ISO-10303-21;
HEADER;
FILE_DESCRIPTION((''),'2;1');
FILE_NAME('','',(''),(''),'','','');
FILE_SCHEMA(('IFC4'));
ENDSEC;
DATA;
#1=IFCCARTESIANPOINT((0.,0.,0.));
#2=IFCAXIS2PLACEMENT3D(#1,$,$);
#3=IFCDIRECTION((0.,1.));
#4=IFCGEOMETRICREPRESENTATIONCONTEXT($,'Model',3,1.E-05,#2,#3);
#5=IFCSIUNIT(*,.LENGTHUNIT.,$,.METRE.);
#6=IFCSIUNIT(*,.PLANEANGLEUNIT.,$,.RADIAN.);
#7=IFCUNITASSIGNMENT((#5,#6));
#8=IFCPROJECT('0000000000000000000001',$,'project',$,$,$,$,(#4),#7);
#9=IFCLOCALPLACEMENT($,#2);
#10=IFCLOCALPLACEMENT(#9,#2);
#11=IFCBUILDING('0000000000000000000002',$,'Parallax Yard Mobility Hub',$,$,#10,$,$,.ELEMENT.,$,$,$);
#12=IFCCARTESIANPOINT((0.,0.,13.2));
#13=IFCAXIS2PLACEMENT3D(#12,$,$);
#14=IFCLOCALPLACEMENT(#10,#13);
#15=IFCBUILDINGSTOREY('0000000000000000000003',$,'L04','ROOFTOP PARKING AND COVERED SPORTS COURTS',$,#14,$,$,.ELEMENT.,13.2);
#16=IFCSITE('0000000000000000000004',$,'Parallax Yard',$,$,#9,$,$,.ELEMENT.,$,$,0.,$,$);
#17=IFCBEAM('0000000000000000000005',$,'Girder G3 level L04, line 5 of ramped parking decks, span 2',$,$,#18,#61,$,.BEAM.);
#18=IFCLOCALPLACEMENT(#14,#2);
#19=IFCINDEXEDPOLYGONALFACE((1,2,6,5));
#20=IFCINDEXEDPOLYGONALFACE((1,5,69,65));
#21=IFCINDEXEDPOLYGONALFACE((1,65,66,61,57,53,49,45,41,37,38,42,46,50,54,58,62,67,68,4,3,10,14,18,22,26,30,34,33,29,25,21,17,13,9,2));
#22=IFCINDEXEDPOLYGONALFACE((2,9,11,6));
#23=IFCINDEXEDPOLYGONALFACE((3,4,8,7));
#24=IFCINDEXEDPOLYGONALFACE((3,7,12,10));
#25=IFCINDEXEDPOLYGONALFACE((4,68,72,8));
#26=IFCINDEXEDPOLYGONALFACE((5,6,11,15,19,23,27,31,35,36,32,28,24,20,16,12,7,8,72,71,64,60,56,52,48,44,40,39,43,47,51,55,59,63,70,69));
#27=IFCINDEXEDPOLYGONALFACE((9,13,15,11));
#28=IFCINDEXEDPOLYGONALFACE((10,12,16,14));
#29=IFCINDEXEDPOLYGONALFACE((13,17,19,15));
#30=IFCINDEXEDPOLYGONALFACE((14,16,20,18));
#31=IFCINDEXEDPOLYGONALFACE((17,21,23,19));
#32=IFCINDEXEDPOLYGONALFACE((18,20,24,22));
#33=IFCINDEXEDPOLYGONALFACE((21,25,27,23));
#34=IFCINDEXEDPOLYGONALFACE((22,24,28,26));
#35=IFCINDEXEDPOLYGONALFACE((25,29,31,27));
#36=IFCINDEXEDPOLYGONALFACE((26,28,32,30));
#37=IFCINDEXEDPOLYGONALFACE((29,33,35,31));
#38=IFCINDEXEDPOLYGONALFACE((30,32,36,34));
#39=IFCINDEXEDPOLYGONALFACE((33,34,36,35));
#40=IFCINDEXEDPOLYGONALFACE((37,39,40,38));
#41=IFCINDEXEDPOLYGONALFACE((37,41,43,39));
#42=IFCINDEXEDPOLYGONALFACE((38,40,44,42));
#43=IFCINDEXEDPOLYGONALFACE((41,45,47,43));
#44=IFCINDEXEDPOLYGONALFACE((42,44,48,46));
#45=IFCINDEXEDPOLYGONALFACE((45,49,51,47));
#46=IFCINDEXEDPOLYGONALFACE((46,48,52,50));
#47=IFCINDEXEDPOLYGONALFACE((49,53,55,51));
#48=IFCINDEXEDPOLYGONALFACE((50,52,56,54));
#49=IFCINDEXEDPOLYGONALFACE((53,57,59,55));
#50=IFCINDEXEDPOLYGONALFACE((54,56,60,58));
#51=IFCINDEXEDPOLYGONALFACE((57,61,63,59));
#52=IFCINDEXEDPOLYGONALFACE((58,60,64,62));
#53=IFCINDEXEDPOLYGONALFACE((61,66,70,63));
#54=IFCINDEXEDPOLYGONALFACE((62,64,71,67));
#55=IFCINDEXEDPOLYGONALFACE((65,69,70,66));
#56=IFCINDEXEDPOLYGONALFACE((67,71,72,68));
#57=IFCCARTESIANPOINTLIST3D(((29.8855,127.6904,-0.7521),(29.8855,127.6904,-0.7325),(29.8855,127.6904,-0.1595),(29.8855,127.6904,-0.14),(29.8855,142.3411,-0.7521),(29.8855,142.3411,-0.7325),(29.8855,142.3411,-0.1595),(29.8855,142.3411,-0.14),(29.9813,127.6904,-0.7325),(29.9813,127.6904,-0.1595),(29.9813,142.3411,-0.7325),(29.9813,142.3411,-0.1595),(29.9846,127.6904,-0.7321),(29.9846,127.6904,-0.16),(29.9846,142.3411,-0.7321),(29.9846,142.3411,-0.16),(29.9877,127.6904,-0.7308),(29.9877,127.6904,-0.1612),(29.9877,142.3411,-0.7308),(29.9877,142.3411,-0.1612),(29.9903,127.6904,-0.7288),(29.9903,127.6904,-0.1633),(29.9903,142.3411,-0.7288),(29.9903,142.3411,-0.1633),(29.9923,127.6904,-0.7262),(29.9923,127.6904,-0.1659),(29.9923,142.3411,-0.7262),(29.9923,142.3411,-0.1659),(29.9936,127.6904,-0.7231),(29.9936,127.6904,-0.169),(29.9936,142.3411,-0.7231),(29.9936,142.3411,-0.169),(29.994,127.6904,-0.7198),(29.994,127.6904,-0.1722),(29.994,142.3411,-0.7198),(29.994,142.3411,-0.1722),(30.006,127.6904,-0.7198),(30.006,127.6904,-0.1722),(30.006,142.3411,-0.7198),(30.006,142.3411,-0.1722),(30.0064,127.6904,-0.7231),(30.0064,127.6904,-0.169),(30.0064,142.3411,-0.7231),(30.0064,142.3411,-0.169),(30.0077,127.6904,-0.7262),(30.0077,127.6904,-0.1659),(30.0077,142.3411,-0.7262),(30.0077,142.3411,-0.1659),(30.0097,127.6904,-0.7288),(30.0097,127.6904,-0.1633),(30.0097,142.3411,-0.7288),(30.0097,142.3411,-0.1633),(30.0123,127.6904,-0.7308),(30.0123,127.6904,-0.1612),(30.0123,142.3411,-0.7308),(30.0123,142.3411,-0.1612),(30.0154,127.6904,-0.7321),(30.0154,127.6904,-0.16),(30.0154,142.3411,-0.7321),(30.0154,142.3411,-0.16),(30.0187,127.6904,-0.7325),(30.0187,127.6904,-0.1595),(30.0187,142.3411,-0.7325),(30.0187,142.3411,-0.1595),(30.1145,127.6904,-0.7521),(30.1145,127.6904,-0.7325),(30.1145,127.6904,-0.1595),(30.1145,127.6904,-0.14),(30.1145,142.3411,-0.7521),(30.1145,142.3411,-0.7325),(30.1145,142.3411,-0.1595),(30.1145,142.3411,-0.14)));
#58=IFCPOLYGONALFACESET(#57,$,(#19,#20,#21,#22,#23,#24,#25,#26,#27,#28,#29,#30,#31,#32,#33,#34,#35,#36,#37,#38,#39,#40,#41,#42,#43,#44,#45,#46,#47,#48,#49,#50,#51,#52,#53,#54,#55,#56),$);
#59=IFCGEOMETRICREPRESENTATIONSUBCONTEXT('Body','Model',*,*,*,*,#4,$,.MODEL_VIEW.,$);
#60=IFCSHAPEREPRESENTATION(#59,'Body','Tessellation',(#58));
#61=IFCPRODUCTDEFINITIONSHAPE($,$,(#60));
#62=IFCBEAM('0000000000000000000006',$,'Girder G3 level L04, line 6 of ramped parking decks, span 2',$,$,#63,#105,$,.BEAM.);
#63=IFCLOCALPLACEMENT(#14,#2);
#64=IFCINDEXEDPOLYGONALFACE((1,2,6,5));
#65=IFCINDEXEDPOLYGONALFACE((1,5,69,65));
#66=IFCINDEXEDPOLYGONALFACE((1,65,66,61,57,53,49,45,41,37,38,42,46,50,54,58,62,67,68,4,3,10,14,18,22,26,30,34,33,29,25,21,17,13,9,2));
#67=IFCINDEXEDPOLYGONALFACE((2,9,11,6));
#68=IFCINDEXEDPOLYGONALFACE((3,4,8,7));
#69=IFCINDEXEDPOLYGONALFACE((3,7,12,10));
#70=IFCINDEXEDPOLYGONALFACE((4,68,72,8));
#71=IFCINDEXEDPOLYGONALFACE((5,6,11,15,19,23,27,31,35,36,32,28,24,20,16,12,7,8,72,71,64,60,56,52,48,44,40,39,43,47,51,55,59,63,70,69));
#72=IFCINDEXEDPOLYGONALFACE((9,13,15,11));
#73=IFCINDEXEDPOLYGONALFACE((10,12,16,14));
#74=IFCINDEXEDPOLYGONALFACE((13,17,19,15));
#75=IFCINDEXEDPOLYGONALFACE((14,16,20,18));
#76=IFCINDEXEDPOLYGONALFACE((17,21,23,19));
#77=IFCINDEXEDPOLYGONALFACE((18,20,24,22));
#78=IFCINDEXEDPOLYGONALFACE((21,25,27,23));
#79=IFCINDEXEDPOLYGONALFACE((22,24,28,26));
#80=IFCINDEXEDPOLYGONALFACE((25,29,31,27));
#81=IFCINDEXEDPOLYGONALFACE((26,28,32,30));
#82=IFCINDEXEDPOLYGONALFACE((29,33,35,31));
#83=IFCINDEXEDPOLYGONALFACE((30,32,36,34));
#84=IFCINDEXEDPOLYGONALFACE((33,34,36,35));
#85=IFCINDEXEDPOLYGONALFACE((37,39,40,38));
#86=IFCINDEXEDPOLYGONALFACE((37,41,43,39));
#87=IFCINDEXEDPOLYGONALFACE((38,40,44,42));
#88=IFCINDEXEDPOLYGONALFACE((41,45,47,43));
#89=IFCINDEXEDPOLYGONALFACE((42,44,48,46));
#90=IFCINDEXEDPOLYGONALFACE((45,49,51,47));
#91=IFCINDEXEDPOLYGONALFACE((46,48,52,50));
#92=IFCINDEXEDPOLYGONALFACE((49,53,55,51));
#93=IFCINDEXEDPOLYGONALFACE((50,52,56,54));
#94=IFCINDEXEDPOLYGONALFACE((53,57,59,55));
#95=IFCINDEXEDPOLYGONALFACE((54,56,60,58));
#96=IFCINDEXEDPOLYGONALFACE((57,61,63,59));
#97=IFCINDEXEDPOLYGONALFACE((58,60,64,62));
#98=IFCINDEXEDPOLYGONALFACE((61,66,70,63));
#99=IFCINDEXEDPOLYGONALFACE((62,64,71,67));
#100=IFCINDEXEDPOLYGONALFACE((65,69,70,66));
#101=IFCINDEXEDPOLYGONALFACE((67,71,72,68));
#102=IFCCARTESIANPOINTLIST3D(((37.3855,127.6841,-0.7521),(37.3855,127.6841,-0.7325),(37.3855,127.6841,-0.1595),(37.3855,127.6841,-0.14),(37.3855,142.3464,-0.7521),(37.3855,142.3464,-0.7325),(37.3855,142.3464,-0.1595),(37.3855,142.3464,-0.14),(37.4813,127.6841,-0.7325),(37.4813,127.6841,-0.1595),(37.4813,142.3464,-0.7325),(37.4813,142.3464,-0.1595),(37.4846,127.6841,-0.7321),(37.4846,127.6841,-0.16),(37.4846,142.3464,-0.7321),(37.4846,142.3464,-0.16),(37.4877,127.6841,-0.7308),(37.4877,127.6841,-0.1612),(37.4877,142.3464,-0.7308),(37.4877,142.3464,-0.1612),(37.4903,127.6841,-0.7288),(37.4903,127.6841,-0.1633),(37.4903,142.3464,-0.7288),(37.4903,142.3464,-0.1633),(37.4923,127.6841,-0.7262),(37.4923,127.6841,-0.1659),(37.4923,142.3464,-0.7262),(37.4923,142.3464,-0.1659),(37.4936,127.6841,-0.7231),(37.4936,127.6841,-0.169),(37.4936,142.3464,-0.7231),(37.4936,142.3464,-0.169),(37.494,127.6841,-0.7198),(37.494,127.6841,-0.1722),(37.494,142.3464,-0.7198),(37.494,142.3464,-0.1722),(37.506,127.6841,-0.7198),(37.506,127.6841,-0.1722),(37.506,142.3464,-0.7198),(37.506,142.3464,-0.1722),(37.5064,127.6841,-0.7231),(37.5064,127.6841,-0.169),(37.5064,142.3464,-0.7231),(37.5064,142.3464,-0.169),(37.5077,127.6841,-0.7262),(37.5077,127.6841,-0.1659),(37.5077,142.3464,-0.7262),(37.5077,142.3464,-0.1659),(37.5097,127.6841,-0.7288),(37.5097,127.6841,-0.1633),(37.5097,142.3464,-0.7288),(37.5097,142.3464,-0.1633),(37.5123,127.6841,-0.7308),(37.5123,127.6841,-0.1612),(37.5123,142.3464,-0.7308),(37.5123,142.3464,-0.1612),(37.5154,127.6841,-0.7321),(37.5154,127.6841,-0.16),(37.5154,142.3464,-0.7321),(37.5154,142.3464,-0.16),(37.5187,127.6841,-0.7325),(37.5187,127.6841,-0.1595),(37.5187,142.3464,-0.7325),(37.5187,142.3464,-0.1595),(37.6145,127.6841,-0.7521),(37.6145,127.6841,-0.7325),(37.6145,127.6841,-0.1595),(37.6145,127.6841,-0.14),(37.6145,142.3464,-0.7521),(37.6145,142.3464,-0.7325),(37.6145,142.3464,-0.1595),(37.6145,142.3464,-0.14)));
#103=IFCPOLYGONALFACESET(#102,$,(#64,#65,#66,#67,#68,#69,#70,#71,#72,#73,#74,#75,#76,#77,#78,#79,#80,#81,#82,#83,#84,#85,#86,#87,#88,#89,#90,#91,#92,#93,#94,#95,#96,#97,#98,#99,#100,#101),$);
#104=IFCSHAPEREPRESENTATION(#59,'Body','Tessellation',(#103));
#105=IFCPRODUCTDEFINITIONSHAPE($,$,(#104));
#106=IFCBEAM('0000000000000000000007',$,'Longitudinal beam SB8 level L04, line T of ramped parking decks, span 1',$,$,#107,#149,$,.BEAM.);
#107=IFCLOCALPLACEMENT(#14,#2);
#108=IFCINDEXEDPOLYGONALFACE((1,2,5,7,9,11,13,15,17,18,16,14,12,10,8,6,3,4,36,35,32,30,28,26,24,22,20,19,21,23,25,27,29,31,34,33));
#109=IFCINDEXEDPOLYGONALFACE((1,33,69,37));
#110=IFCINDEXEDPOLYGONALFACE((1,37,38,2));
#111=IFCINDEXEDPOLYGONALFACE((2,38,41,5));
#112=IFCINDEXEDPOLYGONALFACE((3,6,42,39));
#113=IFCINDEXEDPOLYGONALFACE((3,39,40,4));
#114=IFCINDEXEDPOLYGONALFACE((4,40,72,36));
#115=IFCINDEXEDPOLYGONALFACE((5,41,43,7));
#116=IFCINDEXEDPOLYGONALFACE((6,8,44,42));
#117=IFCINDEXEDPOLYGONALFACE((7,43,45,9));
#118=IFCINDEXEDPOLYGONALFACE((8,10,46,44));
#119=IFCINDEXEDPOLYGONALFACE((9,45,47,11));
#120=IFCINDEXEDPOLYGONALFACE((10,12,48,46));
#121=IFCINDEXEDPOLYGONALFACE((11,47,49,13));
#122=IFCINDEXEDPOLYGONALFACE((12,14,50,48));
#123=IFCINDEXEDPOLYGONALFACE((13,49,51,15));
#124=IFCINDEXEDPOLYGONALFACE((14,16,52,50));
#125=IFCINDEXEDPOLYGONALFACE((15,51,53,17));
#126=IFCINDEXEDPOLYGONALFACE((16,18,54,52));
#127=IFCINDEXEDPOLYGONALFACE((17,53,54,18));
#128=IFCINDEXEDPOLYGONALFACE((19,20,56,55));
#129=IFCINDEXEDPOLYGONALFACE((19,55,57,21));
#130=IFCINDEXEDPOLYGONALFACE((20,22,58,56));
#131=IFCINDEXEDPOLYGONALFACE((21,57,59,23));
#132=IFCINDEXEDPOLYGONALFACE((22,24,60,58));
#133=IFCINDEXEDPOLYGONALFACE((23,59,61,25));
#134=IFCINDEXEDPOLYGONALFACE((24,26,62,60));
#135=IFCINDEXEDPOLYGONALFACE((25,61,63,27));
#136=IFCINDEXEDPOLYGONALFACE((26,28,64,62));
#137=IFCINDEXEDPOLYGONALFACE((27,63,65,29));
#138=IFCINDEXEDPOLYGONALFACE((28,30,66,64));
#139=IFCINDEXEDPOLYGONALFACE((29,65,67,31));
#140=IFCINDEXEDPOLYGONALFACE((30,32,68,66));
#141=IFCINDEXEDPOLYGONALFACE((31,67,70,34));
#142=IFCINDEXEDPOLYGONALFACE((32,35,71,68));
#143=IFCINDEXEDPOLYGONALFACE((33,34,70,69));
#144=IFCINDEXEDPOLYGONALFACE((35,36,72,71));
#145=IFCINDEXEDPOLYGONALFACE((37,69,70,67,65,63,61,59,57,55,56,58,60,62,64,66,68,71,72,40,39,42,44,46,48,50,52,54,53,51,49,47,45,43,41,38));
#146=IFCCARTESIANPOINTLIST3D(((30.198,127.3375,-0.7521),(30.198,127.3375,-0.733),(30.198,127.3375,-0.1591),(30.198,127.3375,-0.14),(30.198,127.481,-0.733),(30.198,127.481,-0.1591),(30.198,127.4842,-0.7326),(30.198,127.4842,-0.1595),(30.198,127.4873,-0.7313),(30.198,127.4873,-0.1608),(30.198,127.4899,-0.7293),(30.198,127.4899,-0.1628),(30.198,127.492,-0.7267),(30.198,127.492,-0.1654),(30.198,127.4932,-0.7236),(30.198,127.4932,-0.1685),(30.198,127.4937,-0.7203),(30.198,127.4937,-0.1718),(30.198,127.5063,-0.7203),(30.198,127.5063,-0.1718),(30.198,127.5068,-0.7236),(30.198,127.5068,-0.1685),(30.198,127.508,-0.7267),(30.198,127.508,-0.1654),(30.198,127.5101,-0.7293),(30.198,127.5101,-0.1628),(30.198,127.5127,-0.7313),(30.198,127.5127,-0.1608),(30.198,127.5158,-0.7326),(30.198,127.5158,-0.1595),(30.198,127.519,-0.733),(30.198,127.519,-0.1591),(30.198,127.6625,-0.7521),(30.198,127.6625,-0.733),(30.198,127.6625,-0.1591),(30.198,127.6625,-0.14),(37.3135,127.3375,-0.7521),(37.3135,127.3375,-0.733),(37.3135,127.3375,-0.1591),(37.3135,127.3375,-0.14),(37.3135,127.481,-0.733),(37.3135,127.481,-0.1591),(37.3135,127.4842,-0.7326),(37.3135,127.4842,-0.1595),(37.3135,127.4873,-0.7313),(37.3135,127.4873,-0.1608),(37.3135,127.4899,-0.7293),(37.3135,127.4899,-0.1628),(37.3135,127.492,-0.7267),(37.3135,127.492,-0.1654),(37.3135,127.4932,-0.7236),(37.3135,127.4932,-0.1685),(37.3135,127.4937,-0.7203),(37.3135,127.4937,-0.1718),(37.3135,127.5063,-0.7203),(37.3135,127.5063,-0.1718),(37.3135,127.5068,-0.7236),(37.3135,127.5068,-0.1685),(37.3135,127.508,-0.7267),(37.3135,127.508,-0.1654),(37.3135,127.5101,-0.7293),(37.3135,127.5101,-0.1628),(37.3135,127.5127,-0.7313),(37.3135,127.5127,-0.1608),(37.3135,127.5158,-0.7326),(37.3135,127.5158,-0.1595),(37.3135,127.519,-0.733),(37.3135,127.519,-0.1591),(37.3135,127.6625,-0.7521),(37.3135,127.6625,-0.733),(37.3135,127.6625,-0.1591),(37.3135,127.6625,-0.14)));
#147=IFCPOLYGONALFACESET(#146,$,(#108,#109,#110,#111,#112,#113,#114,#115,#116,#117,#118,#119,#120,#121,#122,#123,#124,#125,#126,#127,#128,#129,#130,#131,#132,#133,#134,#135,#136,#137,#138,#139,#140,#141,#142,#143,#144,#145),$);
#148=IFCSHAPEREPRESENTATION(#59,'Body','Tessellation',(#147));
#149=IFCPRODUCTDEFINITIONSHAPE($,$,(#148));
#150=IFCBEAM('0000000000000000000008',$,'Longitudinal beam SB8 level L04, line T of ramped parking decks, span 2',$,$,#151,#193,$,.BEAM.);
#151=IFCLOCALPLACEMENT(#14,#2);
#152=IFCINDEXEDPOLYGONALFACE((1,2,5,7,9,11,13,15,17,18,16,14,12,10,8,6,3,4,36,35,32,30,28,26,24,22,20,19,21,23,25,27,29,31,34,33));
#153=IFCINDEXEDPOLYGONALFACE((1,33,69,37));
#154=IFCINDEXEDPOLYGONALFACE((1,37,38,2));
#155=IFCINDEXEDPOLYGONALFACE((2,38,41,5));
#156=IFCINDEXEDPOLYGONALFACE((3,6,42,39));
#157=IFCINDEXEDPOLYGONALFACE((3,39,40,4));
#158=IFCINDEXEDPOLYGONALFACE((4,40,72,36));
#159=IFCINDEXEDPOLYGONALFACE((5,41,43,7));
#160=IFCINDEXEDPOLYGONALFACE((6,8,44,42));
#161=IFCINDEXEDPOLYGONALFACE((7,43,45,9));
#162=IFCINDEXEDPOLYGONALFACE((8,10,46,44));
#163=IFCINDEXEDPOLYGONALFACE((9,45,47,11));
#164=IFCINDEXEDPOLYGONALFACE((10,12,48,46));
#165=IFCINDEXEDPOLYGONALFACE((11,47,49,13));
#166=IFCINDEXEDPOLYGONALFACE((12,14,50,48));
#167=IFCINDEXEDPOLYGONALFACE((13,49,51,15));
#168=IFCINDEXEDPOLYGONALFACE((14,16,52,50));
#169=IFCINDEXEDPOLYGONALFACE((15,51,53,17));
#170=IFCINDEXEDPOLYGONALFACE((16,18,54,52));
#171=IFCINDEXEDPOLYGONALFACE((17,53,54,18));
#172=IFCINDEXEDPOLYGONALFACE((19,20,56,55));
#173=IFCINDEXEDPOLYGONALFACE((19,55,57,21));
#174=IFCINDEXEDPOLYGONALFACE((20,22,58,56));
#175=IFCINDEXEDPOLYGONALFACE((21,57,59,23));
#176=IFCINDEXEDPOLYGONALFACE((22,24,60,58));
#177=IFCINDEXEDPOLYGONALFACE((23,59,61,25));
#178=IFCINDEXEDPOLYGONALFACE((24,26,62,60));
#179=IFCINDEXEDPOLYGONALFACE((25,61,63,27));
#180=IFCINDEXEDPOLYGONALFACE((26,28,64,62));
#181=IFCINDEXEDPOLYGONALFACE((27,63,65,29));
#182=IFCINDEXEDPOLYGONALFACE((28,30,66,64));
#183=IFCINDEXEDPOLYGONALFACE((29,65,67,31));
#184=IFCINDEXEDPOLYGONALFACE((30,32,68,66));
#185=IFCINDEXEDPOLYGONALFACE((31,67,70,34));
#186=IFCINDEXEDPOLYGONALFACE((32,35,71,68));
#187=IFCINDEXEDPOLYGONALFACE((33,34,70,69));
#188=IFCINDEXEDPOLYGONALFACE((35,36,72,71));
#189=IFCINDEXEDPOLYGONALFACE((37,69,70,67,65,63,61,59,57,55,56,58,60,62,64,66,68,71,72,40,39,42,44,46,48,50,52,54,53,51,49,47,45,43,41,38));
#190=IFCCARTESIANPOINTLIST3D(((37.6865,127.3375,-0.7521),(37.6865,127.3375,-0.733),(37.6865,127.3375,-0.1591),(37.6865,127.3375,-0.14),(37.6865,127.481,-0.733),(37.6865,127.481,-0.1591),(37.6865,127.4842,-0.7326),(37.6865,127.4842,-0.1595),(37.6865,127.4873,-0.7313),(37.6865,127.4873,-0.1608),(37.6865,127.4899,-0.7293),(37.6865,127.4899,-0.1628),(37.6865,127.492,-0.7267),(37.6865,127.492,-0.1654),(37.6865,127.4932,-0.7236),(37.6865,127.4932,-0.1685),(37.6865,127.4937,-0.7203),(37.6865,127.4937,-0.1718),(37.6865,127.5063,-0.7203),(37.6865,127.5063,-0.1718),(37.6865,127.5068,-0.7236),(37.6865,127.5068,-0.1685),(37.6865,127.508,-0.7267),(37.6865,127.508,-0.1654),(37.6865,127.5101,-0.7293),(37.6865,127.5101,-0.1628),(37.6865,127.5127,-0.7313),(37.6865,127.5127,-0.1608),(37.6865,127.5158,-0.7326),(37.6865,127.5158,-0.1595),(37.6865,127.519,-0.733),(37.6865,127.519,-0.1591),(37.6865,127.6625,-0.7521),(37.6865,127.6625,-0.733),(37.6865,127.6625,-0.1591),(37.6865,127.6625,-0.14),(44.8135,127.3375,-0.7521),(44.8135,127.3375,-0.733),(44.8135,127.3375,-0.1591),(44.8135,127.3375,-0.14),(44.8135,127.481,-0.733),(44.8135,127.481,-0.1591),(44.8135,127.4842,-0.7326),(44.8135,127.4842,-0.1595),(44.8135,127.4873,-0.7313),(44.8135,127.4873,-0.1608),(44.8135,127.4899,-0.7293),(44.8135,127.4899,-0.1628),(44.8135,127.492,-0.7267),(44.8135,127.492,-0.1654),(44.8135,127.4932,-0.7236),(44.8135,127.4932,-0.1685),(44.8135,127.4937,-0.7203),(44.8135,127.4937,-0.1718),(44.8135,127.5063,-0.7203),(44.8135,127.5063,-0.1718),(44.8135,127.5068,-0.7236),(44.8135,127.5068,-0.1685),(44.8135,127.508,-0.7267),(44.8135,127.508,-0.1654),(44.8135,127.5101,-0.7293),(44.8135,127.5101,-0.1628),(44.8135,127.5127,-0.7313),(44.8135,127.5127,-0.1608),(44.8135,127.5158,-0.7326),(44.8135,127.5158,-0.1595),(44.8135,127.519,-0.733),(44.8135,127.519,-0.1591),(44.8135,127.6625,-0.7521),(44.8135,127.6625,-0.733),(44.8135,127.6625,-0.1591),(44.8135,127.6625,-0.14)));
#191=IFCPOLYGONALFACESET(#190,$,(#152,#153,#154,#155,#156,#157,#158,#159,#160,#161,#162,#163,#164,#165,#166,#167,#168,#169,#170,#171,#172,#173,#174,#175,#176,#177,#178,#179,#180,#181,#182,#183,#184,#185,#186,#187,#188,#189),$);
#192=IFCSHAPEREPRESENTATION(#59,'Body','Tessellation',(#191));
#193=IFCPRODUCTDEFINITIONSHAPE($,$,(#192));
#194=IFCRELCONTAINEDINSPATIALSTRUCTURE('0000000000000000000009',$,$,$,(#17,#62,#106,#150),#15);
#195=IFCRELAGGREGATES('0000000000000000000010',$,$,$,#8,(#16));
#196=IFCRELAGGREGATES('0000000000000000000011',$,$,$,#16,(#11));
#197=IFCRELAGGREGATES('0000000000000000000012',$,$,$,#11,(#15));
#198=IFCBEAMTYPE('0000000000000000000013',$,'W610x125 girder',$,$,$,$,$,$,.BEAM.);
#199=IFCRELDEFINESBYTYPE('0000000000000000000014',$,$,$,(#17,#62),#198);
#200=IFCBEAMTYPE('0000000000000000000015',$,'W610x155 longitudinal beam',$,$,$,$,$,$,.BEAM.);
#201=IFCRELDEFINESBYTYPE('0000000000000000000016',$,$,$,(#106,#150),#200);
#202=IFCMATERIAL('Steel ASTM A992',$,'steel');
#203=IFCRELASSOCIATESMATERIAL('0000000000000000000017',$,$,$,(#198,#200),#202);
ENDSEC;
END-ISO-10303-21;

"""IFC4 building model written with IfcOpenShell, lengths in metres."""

from ifc_helpers import new_model, si_unit, direction, frame, origin, origin_2d, place, context, subcontext, project, spatial, i_section, extrude, material, material_profile, profile_set, type_object, element, save


model = new_model("IFC4")

# Units and contexts
model_context = context("Model", 3, precision=1e-05, world=origin(), true_north=direction((0.0, 1.0)))
body_context = subcontext(model_context, "Body", "Model", "MODEL_VIEW")
ifc_project = project(units=[si_unit("LENGTHUNIT", "METRE"), si_unit("PLANEANGLEUNIT", "RADIAN")], contexts=[model_context])

# Site, building, storey
site_placement = place(None, origin())
site = spatial("IfcSite", under=ifc_project, at=site_placement, Name="Parallax Yard", CompositionType="ELEMENT", RefElevation=0.0)
building_placement = place(site_placement, origin())
building = spatial("IfcBuilding", under=site, at=building_placement, Name="Parallax Yard Mobility Hub", CompositionType="ELEMENT")
storey_placement = place(building_placement, frame((0.0, 0.0, 13.2)))
storey = spatial("IfcBuildingStorey", under=building, at=storey_placement, Name="L04", Description="ROOFTOP PARKING AND COVERED SPORTS COURTS", CompositionType="ELEMENT", Elevation=13.2)

# Shared definitions
ifc_material_1 = material(Name="Steel ASTM A992", Category="steel")

# Beams
ifc_material_profile_1 = material_profile(ifc_material_1, i_section(OverallWidth=0.229, OverallDepth=0.6121, WebThickness=0.012, FlangeThickness=0.0195, FilletRadius=0.0127, at=origin_2d()), Name="W610x125")
ifc_profile_set_1 = profile_set([ifc_material_profile_1], Name="Steel ASTM A992")
beam_type_1 = type_object("IfcBeamType", Name="W610x125 girder", PredefinedType="BEAM", material=ifc_profile_set_1)
beam_1_placement = place(storey_placement, frame((30.0, 127.6904, -0.446), z_axis=(0.0, 1.0, 0.0), x_axis=(-1.0, 0.0, 0.0)))
element("IfcBeam", 1, at=beam_1_placement, inside=storey, type_object=beam_type_1, Name="Girder G3 level L04, line 5 of ramped parking decks, span 2", PredefinedType="BEAM", context=body_context, shape_type="SweptSolid", body=[
    extrude(i_section(OverallWidth=0.229, OverallDepth=0.6121, WebThickness=0.012, FlangeThickness=0.0195, FilletRadius=0.0127, at=origin_2d()), origin(), (0.0, 0.0, 1.0), 14.6506),
])
beam_2_placement = place(storey_placement, frame((37.5, 127.6841, -0.446), z_axis=(0.0, 1.0, 0.0), x_axis=(-1.0, 0.0, 0.0)))
element("IfcBeam", 2, at=beam_2_placement, inside=storey, type_object=beam_type_1, Name="Girder G3 level L04, line 6 of ramped parking decks, span 2", PredefinedType="BEAM", context=body_context, shape_type="SweptSolid", body=[
    extrude(i_section(OverallWidth=0.229, OverallDepth=0.6121, WebThickness=0.012, FlangeThickness=0.0195, FilletRadius=0.0127, at=origin_2d()), origin(), (0.0, 0.0, 1.0), 14.6624),
])
ifc_material_profile_2 = material_profile(ifc_material_1, i_section(OverallWidth=0.325, OverallDepth=0.6121, WebThickness=0.0127, FlangeThickness=0.019, FilletRadius=0.0127, at=origin_2d()), Name="W610x155")
ifc_profile_set_2 = profile_set([ifc_material_profile_2], Name="Steel ASTM A992")
beam_type_2 = type_object("IfcBeamType", Name="W610x155 longitudinal beam", PredefinedType="BEAM", material=ifc_profile_set_2)
beam_3_placement = place(storey_placement, frame((30.198, 127.5, -0.446), z_axis=(1.0, 0.0, 0.0), x_axis=(0.0, 1.0, 0.0)))
element("IfcBeam", 3, at=beam_3_placement, inside=storey, type_object=beam_type_2, Name="Longitudinal beam SB8 level L04, line T of ramped parking decks, span 1", PredefinedType="BEAM", context=body_context, shape_type="SweptSolid", body=[
    extrude(i_section(OverallWidth=0.325, OverallDepth=0.6121, WebThickness=0.0127, FlangeThickness=0.019, FilletRadius=0.0127, at=origin_2d()), origin(), (0.0, 0.0, 1.0), 7.1155),
])
beam_4_placement = place(storey_placement, frame((37.6865, 127.5, -0.446), z_axis=(1.0, 0.0, 0.0), x_axis=(0.0, 1.0, 0.0)))
element("IfcBeam", 4, at=beam_4_placement, inside=storey, type_object=beam_type_2, Name="Longitudinal beam SB8 level L04, line T of ramped parking decks, span 2", PredefinedType="BEAM", context=body_context, shape_type="SweptSolid", body=[
    extrude(i_section(OverallWidth=0.325, OverallDepth=0.6121, WebThickness=0.0127, FlangeThickness=0.019, FilletRadius=0.0127, at=origin_2d()), origin(), (0.0, 0.0, 1.0), 7.127),
])

save(model, "model.ifc")
